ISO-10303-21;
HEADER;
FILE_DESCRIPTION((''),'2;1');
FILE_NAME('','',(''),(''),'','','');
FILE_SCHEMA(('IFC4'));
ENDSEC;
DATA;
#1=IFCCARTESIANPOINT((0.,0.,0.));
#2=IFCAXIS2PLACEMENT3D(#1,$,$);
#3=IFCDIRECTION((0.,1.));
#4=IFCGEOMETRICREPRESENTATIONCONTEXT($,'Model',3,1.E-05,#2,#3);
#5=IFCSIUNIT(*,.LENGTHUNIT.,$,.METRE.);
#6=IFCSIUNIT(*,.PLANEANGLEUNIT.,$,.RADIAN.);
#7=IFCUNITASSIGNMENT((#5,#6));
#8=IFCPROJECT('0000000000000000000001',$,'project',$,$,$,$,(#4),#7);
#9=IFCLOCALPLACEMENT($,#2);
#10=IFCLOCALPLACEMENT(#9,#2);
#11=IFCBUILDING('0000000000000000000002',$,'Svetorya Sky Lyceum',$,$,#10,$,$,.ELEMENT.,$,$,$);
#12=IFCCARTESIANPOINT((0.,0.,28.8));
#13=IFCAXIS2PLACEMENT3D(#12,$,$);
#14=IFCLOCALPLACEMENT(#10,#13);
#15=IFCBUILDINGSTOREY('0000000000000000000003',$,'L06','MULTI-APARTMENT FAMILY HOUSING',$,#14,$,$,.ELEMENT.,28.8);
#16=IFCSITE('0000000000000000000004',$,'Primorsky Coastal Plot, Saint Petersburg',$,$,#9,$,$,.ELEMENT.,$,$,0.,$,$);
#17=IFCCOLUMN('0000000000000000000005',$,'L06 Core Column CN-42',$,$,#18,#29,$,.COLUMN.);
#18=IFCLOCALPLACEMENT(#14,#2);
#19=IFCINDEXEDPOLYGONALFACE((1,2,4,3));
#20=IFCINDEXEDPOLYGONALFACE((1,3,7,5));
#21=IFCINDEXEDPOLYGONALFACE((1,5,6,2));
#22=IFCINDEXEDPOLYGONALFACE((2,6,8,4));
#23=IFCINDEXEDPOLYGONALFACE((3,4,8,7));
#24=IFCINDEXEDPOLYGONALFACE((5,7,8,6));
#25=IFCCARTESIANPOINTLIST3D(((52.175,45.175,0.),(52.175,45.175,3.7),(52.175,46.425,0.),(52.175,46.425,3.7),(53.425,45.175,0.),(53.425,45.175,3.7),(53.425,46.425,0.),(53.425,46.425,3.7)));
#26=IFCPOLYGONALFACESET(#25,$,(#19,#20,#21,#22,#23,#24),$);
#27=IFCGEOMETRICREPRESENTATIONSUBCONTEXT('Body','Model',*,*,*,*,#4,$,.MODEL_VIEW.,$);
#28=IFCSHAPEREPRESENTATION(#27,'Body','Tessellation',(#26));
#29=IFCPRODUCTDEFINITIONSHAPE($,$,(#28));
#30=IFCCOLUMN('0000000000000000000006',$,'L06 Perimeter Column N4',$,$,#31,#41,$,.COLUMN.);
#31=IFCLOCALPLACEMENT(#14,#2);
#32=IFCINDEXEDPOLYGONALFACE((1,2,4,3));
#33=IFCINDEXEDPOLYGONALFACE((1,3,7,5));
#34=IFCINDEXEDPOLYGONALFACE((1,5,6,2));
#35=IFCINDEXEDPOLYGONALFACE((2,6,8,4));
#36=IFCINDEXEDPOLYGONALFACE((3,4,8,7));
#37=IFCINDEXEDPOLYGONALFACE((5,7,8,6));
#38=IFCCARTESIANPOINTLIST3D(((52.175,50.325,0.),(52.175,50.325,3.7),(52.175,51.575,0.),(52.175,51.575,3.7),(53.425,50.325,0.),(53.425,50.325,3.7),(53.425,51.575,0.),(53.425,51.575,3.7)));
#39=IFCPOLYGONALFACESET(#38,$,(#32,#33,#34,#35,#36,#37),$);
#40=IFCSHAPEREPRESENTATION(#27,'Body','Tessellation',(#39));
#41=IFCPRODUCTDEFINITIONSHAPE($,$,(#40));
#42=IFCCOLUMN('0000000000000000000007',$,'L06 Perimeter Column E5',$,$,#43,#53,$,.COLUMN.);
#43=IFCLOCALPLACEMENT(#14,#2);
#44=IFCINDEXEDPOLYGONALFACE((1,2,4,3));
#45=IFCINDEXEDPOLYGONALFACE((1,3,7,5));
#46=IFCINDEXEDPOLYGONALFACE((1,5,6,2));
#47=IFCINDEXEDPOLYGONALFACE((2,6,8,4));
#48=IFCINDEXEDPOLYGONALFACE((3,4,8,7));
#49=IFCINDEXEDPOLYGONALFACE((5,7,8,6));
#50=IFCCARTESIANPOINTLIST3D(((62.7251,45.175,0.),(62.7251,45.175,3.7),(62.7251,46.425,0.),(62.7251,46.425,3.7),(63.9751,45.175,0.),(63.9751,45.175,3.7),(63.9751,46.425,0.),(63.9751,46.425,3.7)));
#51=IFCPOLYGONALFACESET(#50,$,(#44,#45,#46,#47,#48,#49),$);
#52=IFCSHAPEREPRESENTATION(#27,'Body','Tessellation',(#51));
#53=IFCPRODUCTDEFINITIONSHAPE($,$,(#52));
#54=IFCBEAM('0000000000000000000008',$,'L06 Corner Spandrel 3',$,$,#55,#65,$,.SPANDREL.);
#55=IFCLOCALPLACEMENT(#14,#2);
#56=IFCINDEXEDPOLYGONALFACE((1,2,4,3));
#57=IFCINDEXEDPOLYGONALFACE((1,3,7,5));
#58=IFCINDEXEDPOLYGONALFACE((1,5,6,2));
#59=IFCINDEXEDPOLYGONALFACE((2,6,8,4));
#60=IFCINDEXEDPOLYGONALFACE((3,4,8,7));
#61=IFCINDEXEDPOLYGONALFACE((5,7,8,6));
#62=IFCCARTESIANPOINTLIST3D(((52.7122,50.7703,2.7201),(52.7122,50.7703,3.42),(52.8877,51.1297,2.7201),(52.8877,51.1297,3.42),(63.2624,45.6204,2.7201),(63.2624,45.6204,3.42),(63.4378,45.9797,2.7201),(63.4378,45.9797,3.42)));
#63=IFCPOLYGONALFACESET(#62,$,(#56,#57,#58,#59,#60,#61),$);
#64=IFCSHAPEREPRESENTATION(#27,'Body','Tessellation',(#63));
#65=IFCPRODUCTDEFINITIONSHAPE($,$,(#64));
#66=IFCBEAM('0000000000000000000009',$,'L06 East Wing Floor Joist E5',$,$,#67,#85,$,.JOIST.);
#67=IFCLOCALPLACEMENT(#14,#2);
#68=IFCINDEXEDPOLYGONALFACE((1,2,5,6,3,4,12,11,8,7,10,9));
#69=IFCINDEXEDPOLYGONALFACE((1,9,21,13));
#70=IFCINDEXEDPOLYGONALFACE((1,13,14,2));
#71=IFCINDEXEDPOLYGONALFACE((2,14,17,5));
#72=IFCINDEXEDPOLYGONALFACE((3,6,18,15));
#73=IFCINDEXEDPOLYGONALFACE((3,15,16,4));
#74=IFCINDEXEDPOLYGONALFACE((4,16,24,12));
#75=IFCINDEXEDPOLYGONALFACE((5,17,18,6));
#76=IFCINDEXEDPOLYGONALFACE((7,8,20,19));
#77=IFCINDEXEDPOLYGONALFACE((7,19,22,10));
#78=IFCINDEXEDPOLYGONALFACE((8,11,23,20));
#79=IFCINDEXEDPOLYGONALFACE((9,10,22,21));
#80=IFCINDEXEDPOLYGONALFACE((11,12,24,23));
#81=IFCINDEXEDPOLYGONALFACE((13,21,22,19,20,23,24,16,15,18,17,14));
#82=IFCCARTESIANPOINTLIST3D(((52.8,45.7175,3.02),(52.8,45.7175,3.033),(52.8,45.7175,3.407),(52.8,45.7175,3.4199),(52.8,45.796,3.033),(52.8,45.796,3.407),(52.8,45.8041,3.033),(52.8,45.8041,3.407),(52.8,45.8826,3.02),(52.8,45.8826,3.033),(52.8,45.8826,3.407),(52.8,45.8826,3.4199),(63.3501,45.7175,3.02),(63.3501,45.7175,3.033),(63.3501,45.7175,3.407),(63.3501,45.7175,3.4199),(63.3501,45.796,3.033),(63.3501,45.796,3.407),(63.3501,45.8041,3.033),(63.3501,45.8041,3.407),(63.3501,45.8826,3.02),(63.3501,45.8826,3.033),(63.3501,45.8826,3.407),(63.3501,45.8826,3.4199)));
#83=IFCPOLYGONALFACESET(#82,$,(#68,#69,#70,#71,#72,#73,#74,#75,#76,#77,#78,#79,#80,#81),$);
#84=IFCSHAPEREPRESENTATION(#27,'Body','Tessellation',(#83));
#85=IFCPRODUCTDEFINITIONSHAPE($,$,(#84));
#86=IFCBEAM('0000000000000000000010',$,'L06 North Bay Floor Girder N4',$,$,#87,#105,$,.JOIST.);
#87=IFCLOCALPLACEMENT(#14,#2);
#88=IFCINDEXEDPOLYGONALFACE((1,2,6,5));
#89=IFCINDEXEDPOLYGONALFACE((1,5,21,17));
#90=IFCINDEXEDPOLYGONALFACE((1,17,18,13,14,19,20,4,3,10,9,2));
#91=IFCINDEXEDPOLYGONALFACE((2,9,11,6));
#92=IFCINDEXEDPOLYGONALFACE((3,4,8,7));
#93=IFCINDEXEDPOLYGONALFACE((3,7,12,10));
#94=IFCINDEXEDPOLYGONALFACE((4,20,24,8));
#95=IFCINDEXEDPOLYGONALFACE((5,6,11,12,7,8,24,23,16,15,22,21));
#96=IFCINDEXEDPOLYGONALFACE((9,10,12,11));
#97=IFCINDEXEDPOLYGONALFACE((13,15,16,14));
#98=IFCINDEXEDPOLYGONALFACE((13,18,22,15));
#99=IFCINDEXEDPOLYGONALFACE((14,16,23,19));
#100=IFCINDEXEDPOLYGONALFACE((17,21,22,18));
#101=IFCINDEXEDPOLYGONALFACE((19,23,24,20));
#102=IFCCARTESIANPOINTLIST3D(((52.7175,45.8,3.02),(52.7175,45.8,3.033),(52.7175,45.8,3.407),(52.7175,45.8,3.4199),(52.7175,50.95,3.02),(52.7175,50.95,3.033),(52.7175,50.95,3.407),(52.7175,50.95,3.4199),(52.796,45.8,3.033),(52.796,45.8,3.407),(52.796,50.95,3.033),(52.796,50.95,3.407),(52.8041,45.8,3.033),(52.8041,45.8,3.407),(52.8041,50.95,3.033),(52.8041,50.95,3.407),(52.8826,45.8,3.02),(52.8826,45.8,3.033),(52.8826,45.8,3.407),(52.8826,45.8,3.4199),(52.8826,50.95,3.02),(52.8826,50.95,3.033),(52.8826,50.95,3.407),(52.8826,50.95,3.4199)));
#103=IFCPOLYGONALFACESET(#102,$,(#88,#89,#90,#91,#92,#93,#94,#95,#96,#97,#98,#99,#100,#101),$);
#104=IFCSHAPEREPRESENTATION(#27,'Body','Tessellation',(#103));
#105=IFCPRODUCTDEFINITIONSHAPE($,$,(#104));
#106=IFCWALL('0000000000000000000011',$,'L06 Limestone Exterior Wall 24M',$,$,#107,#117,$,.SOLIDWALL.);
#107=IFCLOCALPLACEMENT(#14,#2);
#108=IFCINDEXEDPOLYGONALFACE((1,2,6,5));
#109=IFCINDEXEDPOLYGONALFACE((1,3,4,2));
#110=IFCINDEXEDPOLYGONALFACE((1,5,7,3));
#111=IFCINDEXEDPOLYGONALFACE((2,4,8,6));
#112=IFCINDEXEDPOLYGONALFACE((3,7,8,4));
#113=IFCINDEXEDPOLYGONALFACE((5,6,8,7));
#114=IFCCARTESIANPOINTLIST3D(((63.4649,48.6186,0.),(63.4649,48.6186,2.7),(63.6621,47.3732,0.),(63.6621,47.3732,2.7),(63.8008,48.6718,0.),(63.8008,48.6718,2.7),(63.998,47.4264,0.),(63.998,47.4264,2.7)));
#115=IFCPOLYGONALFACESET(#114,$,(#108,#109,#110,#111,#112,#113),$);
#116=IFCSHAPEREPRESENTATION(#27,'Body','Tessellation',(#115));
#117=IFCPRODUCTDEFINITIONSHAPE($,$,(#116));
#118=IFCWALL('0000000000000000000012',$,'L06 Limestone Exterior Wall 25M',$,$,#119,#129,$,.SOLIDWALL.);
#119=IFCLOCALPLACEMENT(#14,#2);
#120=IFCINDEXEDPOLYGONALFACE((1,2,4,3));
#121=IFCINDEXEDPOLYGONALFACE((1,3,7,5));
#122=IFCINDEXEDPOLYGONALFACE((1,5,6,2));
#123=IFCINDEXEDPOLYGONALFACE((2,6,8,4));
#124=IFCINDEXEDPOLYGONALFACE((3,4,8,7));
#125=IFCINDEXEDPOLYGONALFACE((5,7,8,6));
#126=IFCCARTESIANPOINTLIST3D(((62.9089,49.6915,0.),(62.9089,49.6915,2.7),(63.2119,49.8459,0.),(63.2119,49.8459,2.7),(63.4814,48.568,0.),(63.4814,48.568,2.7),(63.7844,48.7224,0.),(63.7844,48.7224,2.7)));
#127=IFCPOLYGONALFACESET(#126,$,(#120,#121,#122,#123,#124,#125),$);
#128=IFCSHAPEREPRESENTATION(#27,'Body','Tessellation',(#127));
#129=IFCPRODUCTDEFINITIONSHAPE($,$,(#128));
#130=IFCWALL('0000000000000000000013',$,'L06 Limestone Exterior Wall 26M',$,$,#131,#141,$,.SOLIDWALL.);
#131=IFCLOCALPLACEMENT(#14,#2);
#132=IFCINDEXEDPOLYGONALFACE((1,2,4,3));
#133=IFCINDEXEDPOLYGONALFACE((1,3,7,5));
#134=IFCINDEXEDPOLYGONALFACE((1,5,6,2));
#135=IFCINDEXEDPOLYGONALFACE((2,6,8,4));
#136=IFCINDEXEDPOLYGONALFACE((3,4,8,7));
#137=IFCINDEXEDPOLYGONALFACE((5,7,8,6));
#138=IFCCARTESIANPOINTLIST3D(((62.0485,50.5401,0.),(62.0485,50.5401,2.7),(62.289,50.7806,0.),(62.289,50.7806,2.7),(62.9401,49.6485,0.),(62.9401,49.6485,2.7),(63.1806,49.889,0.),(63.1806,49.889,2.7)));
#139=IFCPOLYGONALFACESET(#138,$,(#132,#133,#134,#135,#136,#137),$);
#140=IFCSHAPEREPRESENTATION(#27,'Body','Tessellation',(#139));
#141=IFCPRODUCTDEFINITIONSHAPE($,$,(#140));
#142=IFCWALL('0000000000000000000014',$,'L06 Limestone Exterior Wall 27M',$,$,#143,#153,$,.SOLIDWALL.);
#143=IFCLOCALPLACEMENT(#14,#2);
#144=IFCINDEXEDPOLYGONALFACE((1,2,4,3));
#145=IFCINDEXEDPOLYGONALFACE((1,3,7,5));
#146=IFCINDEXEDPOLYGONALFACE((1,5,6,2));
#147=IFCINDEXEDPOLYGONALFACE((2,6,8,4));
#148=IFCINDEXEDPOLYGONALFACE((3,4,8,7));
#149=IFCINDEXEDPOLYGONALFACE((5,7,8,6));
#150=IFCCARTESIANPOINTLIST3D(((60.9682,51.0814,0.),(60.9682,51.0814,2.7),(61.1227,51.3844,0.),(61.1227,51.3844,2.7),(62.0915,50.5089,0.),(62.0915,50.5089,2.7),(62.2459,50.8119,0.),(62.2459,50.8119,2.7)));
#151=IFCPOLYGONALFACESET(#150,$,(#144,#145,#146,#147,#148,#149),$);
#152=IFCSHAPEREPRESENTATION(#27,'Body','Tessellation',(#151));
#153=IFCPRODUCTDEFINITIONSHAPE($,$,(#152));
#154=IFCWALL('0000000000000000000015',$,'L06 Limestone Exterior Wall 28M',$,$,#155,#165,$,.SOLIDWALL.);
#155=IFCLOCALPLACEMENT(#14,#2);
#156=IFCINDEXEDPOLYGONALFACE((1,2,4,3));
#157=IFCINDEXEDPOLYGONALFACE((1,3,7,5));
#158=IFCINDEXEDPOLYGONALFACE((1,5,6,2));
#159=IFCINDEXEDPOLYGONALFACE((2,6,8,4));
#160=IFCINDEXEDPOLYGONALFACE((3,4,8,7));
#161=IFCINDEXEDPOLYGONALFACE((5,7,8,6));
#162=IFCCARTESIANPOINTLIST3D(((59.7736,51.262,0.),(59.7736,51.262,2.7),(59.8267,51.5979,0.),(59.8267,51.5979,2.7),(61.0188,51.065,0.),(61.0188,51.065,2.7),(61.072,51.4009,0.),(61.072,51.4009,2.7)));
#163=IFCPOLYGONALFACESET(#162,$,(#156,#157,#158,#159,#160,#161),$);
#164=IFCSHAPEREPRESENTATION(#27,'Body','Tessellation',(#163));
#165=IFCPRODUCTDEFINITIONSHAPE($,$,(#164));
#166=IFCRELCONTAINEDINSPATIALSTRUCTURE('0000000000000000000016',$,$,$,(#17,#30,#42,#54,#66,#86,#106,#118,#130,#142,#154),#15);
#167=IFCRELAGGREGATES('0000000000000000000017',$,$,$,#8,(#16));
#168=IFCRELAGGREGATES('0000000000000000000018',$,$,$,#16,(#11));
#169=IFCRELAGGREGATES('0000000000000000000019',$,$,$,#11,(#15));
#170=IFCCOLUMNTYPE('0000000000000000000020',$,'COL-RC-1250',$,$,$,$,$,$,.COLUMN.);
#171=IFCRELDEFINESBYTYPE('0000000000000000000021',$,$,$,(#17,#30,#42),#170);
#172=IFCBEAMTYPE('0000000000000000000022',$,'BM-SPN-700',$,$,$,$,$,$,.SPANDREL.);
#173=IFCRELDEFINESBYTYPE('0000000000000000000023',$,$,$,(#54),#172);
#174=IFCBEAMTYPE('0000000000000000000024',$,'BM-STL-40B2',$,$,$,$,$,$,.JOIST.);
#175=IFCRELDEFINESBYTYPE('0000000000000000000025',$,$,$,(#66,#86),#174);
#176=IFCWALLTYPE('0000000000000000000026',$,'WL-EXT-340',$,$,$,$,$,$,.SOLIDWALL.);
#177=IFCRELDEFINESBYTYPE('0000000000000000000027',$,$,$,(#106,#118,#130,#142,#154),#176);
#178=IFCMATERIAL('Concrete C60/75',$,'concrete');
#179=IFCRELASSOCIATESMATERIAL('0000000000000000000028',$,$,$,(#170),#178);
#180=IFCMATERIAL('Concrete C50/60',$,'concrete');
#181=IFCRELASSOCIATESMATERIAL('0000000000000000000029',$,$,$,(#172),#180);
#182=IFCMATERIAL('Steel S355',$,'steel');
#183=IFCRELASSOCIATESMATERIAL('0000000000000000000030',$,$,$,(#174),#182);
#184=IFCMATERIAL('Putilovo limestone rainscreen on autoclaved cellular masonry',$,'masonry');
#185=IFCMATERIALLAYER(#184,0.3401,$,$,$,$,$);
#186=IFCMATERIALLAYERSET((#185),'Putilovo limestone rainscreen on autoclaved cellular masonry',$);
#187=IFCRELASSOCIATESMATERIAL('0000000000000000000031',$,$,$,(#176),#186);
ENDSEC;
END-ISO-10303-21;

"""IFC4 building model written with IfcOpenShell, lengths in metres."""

from ifc_helpers import new_model, si_unit, direction, frame, frame_2d, origin, origin_2d, place, context, subcontext, project, spatial, rectangle, i_section, extrude, material, layer, layer_set, material_profile, profile_set, type_object, element, save


model = new_model("IFC4")

# Units and contexts
model_context = context("Model", 3, precision=1e-05, world=origin(), true_north=direction((0.0, 1.0)))
body_context = subcontext(model_context, "Body", "Model", "MODEL_VIEW")
ifc_project = project(units=[si_unit("LENGTHUNIT", "METRE"), si_unit("PLANEANGLEUNIT", "RADIAN")], contexts=[model_context])

# Site, building, storey
site_placement = place(None, origin())
site = spatial("IfcSite", under=ifc_project, at=site_placement, Name="Primorsky Coastal Plot, Saint Petersburg", CompositionType="ELEMENT", RefElevation=0.0)
building_placement = place(site_placement, origin())
building = spatial("IfcBuilding", under=site, at=building_placement, Name="Svetorya Sky Lyceum", CompositionType="ELEMENT")
storey_placement = place(building_placement, frame((0.0, 0.0, 28.8)))
storey = spatial("IfcBuildingStorey", under=building, at=storey_placement, Name="L06", Description="MULTI-APARTMENT FAMILY HOUSING", CompositionType="ELEMENT", Elevation=28.8)

# Columns
ifc_material_1 = material(Name="Concrete C60/75", Category="concrete")
ifc_material_profile_1 = material_profile(ifc_material_1, rectangle(XDim=1.25, YDim=1.25, at=origin_2d()), Name="RC COL 1250x1250")
ifc_profile_set_1 = profile_set([ifc_material_profile_1], Name="Concrete C60/75")
column_type = type_object("IfcColumnType", Name="COL-RC-1250", PredefinedType="COLUMN", material=ifc_profile_set_1)
for number, where, z_axis, x_axis, name in (
    (1, (52.8, 45.8, 0.0), (0.0, 0.0, 1.0), (1.0, 0.0, 0.0), "L06 Core Column CN-42"),
    (2, (52.8, 50.95, 0.0), (0.0, 0.0, 1.0), (1.0, 0.0, 0.0), "L06 Perimeter Column N4"),
    (3, (63.3501, 45.8, 0.0), (0.0, 0.0, 1.0), (1.0, 0.0, 0.0), "L06 Perimeter Column E5"),
):
    element("IfcColumn", number, at=place(storey_placement, frame(where, z_axis=z_axis, x_axis=x_axis)), inside=storey, type_object=column_type, Name=name, PredefinedType="COLUMN", context=body_context, shape_type="SweptSolid", body=[
        extrude(rectangle(XDim=1.25, YDim=1.25, at=origin_2d()), origin(), (0.0, 0.0, 1.0), 3.7),
    ])

# Beams
ifc_material_2 = material(Name="Concrete C50/60", Category="concrete")
ifc_material_profile_2 = material_profile(ifc_material_2, rectangle(XDim=0.3999, YDim=0.7, at=origin_2d()), Name="RC SPANDREL 400x700")
ifc_profile_set_2 = profile_set([ifc_material_profile_2], Name="Concrete C50/60")
beam_type_1 = type_object("IfcBeamType", Name="BM-SPN-700", PredefinedType="SPANDREL", material=ifc_profile_set_2)
beam_1_placement = place(storey_placement, frame((63.3501, 45.8, 3.0701), z_axis=(-0.89865, 0.438667, 0.0), x_axis=(-0.438667, -0.89865, 0.0)))
element("IfcBeam", 4, at=beam_1_placement, inside=storey, type_object=beam_type_1, Name="L06 Corner Spandrel 3", PredefinedType="SPANDREL", context=body_context, shape_type="SweptSolid", body=[
    extrude(rectangle(XDim=0.3999, YDim=0.7, at=origin_2d()), origin(), (0.0, 0.0, 1.0), 11.74),
])
ifc_material_3 = material(Name="Steel S355", Category="steel")
ifc_material_profile_3 = material_profile(ifc_material_3, i_section(OverallWidth=0.165, OverallDepth=0.3999, WebThickness=0.0081, FlangeThickness=0.0129, at=origin_2d()), Name="GOST 40B2")
ifc_profile_set_3 = profile_set([ifc_material_profile_3], Name="Steel S355")
beam_type_2 = type_object("IfcBeamType", Name="BM-STL-40B2", PredefinedType="JOIST", material=ifc_profile_set_3)
beam_2_placement = place(storey_placement, frame((52.8, 45.8, 3.22), z_axis=(1.0, 0.0, 0.0), x_axis=(0.0, 1.0, 0.0)))
element("IfcBeam", 5, at=beam_2_placement, inside=storey, type_object=beam_type_2, Name="L06 East Wing Floor Joist E5", PredefinedType="JOIST", context=body_context, shape_type="SweptSolid", body=[
    extrude(i_section(OverallWidth=0.165, OverallDepth=0.3999, WebThickness=0.0081, FlangeThickness=0.0129, at=origin_2d()), origin(), (0.0, 0.0, 1.0), 10.55),
])
beam_3_placement = place(storey_placement, frame((52.8, 45.8, 3.22), z_axis=(0.0, 1.0, 0.0), x_axis=(-1.0, 0.0, 0.0)))
element("IfcBeam", 6, at=beam_3_placement, inside=storey, type_object=beam_type_2, Name="L06 North Bay Floor Girder N4", PredefinedType="JOIST", context=body_context, shape_type="SweptSolid", body=[
    extrude(i_section(OverallWidth=0.165, OverallDepth=0.3999, WebThickness=0.0081, FlangeThickness=0.0129, at=origin_2d()), origin(), (0.0, 0.0, 1.0), 5.1499),
])

# Walls
ifc_material_4 = material(Name="Putilovo limestone rainscreen on autoclaved cellular masonry", Category="masonry")
ifc_layer_1 = layer(ifc_material_4, 0.3401)
ifc_layer_set_1 = layer_set([ifc_layer_1], Name="Putilovo limestone rainscreen on autoclaved cellular masonry")
wall_type_1 = type_object("IfcWallType", Name="WL-EXT-340", PredefinedType="SOLIDWALL", material=ifc_layer_set_1)
for number, where, z_axis, x_axis, name in (
    (7, (63.8301, 47.3999, 0.0), (0.0, 0.0, 1.0), (-0.15645, 0.987686, 0.0), "L06 Limestone Exterior Wall 24M"),
    (8, (63.6328, 48.6453, 0.0), (0.0, 0.0, 1.0), (-0.454016, 0.890994, 0.0), "L06 Limestone Exterior Wall 25M"),
    (9, (63.0603, 49.7688, 0.0), (0.0, 0.0, 1.0), (-0.707107, 0.707107, 0.0), "L06 Limestone Exterior Wall 26M"),
):
    element("IfcWall", number, at=place(storey_placement, frame(where, z_axis=z_axis, x_axis=x_axis)), inside=storey, type_object=wall_type_1, Name=name, PredefinedType="SOLIDWALL", context=body_context, shape_type="SweptSolid", body=[
        extrude(rectangle(XDim=1.261, YDim=0.3401, at=frame_2d((0.6304, 0.0))), origin(), (0.0, 0.0, 1.0), 2.7),
    ])
for number, where, z_axis, x_axis, name in (
    (10, (62.1687, 50.6604, 0.0), (0.0, 0.0, 1.0), (-0.890954, 0.454094, 0.0), "L06 Limestone Exterior Wall 27M"),
    (11, (61.0454, 51.2329, 0.0), (0.0, 0.0, 1.0), (-0.987716, 0.156261, 0.0), "L06 Limestone Exterior Wall 28M"),
):
    element("IfcWall", number, at=place(storey_placement, frame(where, z_axis=z_axis, x_axis=x_axis)), inside=storey, type_object=wall_type_1, Name=name, PredefinedType="SOLIDWALL", context=body_context, shape_type="SweptSolid", body=[
        extrude(rectangle(XDim=1.2607, YDim=0.3401, at=frame_2d((0.6304, 0.0))), origin(), (0.0, 0.0, 1.0), 2.7),
    ])

save(model, "model.ifc")
